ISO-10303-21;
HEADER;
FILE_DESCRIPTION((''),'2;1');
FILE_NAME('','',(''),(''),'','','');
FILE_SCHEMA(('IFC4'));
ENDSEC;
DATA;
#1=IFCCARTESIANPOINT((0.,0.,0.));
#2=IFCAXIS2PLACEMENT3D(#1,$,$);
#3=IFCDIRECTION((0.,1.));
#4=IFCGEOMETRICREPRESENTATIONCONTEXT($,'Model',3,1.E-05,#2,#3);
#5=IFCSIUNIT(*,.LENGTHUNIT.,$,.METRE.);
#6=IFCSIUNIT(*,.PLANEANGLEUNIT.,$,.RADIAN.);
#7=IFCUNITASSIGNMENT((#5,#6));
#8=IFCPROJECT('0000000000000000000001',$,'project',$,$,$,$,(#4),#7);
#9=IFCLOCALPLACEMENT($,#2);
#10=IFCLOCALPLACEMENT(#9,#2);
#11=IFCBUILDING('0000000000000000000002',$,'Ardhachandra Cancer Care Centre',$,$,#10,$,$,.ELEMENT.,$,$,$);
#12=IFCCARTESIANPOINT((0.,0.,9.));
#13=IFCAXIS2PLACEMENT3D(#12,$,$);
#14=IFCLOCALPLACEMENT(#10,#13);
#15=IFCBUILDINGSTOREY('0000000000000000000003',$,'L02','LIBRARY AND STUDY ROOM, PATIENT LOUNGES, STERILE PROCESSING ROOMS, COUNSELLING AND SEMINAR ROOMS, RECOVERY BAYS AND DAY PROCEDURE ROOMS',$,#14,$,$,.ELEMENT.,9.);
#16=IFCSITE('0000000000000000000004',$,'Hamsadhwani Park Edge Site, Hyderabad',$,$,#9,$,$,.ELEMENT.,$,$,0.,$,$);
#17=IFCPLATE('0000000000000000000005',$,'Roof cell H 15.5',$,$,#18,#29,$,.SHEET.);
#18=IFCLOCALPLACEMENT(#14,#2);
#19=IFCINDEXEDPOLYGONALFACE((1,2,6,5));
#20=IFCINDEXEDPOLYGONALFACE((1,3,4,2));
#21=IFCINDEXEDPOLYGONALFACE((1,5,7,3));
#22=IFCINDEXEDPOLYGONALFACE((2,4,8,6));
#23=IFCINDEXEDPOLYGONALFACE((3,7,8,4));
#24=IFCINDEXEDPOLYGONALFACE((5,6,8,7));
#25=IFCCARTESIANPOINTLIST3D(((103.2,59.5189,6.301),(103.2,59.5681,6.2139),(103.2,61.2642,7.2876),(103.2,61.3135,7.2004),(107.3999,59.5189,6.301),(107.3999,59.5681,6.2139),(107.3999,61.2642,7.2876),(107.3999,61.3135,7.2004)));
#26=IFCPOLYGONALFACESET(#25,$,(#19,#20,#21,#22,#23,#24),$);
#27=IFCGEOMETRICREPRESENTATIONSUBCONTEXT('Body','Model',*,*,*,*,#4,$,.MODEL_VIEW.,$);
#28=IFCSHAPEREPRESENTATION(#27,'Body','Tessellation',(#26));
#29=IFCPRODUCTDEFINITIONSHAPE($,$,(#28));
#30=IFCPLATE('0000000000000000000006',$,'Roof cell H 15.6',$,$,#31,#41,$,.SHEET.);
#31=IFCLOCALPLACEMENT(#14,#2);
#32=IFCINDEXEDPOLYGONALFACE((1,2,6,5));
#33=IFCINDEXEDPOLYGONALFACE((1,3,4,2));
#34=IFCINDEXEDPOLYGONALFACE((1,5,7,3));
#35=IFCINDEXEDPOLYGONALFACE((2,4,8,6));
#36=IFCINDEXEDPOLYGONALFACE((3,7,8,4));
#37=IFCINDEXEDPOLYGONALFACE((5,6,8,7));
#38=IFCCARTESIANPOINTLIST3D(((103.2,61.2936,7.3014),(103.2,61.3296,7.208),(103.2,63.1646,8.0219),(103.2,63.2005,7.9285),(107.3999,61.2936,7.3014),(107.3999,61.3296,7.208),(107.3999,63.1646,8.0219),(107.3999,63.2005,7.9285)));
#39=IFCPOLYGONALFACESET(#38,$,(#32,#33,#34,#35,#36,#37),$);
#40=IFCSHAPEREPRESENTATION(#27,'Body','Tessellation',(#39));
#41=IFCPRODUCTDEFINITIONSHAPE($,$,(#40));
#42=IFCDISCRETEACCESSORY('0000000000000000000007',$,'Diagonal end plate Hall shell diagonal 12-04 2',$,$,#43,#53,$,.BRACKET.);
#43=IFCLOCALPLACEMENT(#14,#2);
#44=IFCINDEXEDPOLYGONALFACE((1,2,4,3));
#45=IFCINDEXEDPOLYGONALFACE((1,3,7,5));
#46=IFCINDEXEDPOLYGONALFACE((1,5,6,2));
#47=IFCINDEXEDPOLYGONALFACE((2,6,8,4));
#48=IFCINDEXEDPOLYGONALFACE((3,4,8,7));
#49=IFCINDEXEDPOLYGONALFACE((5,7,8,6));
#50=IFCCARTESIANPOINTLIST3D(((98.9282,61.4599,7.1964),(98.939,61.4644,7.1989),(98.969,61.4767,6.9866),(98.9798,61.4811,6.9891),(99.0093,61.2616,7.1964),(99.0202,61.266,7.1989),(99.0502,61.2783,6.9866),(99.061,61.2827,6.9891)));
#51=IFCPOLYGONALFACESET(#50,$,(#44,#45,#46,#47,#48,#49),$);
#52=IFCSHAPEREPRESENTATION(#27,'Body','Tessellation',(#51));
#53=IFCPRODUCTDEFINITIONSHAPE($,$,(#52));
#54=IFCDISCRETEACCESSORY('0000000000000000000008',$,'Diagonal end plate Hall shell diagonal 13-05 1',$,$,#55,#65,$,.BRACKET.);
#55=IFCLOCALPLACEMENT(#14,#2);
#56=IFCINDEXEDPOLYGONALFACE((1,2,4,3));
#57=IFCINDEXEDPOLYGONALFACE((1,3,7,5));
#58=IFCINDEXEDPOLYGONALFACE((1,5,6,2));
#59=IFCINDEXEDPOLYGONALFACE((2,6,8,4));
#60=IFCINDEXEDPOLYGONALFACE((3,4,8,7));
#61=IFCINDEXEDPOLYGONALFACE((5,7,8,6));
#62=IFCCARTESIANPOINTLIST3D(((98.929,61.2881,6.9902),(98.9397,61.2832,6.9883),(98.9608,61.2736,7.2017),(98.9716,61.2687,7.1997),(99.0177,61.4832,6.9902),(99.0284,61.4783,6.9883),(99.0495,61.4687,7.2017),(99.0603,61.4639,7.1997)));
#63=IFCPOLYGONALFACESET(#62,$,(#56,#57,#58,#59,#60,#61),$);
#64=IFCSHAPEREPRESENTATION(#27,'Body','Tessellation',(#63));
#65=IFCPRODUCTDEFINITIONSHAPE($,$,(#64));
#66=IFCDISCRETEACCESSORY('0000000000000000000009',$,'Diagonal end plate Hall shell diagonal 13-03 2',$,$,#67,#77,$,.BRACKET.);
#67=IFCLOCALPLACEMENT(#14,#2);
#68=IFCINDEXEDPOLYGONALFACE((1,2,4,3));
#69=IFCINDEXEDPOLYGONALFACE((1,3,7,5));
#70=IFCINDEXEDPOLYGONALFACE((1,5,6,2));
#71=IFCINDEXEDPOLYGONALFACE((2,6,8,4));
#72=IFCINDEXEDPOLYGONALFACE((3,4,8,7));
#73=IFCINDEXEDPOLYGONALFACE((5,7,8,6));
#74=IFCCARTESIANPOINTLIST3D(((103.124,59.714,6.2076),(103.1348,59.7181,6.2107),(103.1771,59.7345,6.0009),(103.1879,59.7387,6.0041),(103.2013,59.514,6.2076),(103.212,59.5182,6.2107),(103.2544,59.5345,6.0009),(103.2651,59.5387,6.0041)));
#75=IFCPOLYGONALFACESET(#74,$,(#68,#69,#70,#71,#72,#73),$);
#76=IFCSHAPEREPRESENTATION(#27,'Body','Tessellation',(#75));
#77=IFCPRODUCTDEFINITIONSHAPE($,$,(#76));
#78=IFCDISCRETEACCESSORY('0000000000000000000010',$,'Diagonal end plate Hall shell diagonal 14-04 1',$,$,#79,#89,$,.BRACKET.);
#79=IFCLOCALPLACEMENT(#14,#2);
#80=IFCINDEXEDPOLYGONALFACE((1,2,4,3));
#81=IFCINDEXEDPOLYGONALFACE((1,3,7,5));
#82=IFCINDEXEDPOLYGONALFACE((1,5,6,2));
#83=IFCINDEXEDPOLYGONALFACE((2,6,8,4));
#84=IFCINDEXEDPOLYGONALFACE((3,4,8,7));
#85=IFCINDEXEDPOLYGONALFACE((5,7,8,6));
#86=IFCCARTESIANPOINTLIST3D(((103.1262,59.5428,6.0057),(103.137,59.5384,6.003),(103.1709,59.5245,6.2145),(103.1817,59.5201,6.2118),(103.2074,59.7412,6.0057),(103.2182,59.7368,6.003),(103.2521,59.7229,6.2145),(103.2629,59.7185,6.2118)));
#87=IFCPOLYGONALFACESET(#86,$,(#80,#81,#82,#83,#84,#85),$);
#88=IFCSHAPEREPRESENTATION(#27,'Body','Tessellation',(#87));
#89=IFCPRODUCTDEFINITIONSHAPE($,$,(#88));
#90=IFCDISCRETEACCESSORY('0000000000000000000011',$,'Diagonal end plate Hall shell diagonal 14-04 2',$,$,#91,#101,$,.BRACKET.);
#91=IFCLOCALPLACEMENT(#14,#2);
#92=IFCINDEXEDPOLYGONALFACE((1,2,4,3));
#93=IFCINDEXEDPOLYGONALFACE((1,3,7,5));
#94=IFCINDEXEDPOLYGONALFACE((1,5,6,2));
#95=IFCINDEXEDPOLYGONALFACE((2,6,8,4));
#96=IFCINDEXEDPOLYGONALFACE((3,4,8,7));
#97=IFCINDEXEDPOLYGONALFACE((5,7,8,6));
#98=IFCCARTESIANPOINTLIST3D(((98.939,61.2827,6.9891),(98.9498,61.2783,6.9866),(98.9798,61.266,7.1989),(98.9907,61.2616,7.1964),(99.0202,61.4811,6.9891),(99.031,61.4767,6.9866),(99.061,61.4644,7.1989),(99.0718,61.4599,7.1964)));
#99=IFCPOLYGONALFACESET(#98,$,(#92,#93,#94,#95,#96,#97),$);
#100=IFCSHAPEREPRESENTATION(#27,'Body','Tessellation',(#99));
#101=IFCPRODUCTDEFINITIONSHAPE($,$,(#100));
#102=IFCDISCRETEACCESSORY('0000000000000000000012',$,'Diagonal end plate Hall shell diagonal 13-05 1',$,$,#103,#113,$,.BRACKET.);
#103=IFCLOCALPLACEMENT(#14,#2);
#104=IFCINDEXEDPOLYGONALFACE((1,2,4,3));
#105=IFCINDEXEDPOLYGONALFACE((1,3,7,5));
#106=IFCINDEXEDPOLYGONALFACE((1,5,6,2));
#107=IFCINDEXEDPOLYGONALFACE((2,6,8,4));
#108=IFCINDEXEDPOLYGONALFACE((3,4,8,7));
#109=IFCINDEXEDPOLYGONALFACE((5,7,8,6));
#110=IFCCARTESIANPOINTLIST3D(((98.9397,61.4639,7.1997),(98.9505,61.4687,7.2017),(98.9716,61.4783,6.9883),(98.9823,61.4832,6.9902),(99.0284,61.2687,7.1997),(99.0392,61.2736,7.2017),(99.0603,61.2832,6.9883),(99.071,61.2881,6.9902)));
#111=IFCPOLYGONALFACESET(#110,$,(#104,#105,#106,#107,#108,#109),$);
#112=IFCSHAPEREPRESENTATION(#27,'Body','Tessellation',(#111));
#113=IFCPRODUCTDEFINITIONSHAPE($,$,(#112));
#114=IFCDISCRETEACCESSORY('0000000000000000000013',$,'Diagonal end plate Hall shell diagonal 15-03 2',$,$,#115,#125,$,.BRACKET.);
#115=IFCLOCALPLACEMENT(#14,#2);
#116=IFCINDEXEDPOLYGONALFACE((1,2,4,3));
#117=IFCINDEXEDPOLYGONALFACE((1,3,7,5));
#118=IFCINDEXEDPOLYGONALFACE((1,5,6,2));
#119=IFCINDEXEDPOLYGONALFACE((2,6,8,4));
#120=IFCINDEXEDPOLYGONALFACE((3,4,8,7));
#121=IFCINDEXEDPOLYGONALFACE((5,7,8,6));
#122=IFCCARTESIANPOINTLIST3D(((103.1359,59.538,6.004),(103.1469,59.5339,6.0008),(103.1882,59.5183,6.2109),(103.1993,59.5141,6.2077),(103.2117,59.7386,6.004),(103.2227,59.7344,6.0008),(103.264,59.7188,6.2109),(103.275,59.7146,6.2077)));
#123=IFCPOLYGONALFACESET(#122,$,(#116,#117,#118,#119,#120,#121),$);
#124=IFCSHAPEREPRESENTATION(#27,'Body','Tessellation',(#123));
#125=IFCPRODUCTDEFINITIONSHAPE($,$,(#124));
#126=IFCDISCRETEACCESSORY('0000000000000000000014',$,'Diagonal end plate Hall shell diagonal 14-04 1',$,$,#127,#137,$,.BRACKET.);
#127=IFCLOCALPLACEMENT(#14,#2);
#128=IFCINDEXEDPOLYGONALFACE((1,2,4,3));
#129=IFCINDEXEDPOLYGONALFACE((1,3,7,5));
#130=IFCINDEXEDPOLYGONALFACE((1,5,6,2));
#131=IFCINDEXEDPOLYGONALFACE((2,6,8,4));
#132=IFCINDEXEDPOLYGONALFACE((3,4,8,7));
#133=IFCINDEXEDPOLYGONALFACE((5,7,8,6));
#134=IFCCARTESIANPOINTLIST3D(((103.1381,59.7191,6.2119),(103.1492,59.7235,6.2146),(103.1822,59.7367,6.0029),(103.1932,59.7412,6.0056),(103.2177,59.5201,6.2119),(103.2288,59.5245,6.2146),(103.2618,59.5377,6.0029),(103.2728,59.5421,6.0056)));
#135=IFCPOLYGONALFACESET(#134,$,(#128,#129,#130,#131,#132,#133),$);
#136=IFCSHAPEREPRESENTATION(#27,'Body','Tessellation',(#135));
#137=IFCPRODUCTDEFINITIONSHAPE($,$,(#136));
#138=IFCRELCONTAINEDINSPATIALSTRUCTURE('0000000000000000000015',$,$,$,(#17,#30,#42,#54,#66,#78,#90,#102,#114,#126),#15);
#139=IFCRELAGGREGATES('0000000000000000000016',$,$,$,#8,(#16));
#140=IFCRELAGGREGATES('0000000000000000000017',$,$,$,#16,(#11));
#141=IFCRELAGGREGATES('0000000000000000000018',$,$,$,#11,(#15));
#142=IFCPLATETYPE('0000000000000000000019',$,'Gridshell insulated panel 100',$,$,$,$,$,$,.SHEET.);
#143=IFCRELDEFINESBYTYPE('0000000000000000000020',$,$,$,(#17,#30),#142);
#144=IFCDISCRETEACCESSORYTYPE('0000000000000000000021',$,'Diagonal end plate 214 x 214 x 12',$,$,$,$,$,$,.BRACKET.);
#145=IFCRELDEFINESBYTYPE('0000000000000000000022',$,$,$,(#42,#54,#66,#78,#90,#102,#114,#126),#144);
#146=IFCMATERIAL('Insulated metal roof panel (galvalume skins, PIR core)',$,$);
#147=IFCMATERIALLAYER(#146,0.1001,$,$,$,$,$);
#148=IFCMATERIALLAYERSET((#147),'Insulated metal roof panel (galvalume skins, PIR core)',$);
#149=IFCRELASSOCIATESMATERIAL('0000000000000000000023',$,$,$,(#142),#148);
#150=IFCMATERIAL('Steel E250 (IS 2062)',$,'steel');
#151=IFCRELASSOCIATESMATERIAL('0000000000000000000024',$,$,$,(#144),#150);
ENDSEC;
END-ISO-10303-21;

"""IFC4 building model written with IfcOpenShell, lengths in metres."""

from ifc_helpers import new_model, si_unit, direction, frame, origin, origin_2d, place, context, subcontext, project, spatial, polyline, rectangle, outline, extrude, material, layer, layer_set, material_profile, profile_set, type_object, element, save


model = new_model("IFC4")

# Units and contexts
model_context = context("Model", 3, precision=1e-05, world=origin(), true_north=direction((0.0, 1.0)))
body_context = subcontext(model_context, "Body", "Model", "MODEL_VIEW")
ifc_project = project(units=[si_unit("LENGTHUNIT", "METRE"), si_unit("PLANEANGLEUNIT", "RADIAN")], contexts=[model_context])

# Site, building, storey
site_placement = place(None, origin())
site = spatial("IfcSite", under=ifc_project, at=site_placement, Name="Hamsadhwani Park Edge Site, Hyderabad", CompositionType="ELEMENT", RefElevation=0.0)
building_placement = place(site_placement, origin())
building = spatial("IfcBuilding", under=site, at=building_placement, Name="Ardhachandra Cancer Care Centre", CompositionType="ELEMENT")
storey_placement = place(building_placement, frame((0.0, 0.0, 9.0)))
storey = spatial("IfcBuildingStorey", under=building, at=storey_placement, Name="L02", Description="LIBRARY AND STUDY ROOM, PATIENT LOUNGES, STERILE PROCESSING ROOMS, COUNSELLING AND SEMINAR ROOMS, RECOVERY BAYS AND DAY PROCEDURE ROOMS", CompositionType="ELEMENT", Elevation=9.0)

# Plates
ifc_material_1 = material(Name="Insulated metal roof panel (galvalume skins, PIR core)")
ifc_layer_1 = layer(ifc_material_1, 0.1001)
ifc_layer_set_1 = layer_set([ifc_layer_1], Name="Insulated metal roof panel (galvalume skins, PIR core)")
plate_type_1 = type_object("IfcPlateType", Name="Gridshell insulated panel 100", PredefinedType="SHEET", material=ifc_layer_set_1)
for number, where, z_axis, x_axis, name in (
    (1, (103.2, 59.5681, 6.2139), (0.0, -0.492081, 0.870549), (1.0, 0.0, 0.0), "Roof cell H 15.5"),
    (2, (103.2, 61.3296, 7.208), (0.0, -0.359371, 0.933195), (1.0, 0.0, 0.0), "Roof cell H 15.6"),
):
    element("IfcPlate", number, at=place(storey_placement, frame(where, z_axis=z_axis, x_axis=x_axis)), inside=storey, type_object=plate_type_1, Name=name, PredefinedType="SHEET", context=body_context, shape_type="SweptSolid", body=[
        extrude(outline(polyline([(0.0, 0.0), (4.2, 0.0), (4.2, 2.0049), (0.0, 2.0049), (0.0, 0.0)])), origin(), (0.0, 0.0, 1.0), 0.1001),
    ])

# Discrete accessories
ifc_material_2 = material(Name="Steel E250 (IS 2062)", Category="steel")
ifc_material_profile_1 = material_profile(ifc_material_2, rectangle(XDim=0.2144, YDim=0.2144, at=origin_2d()), Name="PL 214x214x12")
ifc_profile_set_1 = profile_set([ifc_material_profile_1], Name="Steel E250 (IS 2062)")
discrete_accessory_type = type_object("IfcDiscreteAccessoryType", Name="Diagonal end plate 214 x 214 x 12", PredefinedType="BRACKET", material=ifc_profile_set_1)
for number, where, z_axis, x_axis, name in (
    (3, (99.0, 61.3735, 7.094), (-0.905726, -0.370524, -0.205847), (0.378633, -0.925547, 0.0), "Diagonal end plate Hall shell diagonal 12-04 2"),
    (4, (99.0, 61.3735, 7.094), (-0.898146, 0.408248, 0.163299), (-0.413803, -0.910366, 0.0), "Diagonal end plate Hall shell diagonal 13-05 1"),
    (5, (103.2, 59.6284, 6.1074), (-0.899271, -0.347446, -0.265694), (0.360399, -0.932798, 0.0), "Diagonal end plate Hall shell diagonal 13-03 2"),
    (6, (103.2, 59.6284, 6.1074), (-0.901723, 0.368887, 0.225431), (-0.378633, -0.925547, 0.0), "Diagonal end plate Hall shell diagonal 14-04 1"),
    (7, (99.0, 61.3735, 7.094), (0.905726, -0.370524, -0.205847), (0.378633, 0.925547, 0.0), "Diagonal end plate Hall shell diagonal 14-04 2"),
    (8, (99.0, 61.3735, 7.094), (0.898146, 0.408248, 0.163299), (-0.413803, 0.910366, 0.0), "Diagonal end plate Hall shell diagonal 13-05 1"),
):
    element("IfcDiscreteAccessory", number, at=place(storey_placement, frame(where, z_axis=z_axis, x_axis=x_axis)), inside=storey, type_object=discrete_accessory_type, Name=name, PredefinedType="BRACKET", context=body_context, shape_type="SweptSolid", body=[
        extrude(rectangle(XDim=0.2144, YDim=0.2144, at=origin_2d()), origin(), (0.0, 0.0, 1.0), 0.012),
    ])
for number, where, z_axis, x_axis, name in (
    (9, (103.2, 59.6284, 6.1074), (0.903076, -0.341162, -0.260889), (0.353401, 0.935472, 0.0), "Diagonal end plate Hall shell diagonal 15-03 2"),
    (10, (103.2, 59.6284, 6.1074), (0.905449, 0.36218, 0.221332), (-0.371391, 0.928477, 0.0), "Diagonal end plate Hall shell diagonal 14-04 1"),
):
    element("IfcDiscreteAccessory", number, at=place(storey_placement, frame(where, z_axis=z_axis, x_axis=x_axis)), inside=storey, type_object=discrete_accessory_type, Name=name, PredefinedType="BRACKET", context=body_context, shape_type="SweptSolid", body=[
        extrude(rectangle(XDim=0.2144, YDim=0.2144, at=origin_2d()), origin(), (0.0, 0.0, 1.0), 0.0122),
    ])

save(model, "model.ifc")
